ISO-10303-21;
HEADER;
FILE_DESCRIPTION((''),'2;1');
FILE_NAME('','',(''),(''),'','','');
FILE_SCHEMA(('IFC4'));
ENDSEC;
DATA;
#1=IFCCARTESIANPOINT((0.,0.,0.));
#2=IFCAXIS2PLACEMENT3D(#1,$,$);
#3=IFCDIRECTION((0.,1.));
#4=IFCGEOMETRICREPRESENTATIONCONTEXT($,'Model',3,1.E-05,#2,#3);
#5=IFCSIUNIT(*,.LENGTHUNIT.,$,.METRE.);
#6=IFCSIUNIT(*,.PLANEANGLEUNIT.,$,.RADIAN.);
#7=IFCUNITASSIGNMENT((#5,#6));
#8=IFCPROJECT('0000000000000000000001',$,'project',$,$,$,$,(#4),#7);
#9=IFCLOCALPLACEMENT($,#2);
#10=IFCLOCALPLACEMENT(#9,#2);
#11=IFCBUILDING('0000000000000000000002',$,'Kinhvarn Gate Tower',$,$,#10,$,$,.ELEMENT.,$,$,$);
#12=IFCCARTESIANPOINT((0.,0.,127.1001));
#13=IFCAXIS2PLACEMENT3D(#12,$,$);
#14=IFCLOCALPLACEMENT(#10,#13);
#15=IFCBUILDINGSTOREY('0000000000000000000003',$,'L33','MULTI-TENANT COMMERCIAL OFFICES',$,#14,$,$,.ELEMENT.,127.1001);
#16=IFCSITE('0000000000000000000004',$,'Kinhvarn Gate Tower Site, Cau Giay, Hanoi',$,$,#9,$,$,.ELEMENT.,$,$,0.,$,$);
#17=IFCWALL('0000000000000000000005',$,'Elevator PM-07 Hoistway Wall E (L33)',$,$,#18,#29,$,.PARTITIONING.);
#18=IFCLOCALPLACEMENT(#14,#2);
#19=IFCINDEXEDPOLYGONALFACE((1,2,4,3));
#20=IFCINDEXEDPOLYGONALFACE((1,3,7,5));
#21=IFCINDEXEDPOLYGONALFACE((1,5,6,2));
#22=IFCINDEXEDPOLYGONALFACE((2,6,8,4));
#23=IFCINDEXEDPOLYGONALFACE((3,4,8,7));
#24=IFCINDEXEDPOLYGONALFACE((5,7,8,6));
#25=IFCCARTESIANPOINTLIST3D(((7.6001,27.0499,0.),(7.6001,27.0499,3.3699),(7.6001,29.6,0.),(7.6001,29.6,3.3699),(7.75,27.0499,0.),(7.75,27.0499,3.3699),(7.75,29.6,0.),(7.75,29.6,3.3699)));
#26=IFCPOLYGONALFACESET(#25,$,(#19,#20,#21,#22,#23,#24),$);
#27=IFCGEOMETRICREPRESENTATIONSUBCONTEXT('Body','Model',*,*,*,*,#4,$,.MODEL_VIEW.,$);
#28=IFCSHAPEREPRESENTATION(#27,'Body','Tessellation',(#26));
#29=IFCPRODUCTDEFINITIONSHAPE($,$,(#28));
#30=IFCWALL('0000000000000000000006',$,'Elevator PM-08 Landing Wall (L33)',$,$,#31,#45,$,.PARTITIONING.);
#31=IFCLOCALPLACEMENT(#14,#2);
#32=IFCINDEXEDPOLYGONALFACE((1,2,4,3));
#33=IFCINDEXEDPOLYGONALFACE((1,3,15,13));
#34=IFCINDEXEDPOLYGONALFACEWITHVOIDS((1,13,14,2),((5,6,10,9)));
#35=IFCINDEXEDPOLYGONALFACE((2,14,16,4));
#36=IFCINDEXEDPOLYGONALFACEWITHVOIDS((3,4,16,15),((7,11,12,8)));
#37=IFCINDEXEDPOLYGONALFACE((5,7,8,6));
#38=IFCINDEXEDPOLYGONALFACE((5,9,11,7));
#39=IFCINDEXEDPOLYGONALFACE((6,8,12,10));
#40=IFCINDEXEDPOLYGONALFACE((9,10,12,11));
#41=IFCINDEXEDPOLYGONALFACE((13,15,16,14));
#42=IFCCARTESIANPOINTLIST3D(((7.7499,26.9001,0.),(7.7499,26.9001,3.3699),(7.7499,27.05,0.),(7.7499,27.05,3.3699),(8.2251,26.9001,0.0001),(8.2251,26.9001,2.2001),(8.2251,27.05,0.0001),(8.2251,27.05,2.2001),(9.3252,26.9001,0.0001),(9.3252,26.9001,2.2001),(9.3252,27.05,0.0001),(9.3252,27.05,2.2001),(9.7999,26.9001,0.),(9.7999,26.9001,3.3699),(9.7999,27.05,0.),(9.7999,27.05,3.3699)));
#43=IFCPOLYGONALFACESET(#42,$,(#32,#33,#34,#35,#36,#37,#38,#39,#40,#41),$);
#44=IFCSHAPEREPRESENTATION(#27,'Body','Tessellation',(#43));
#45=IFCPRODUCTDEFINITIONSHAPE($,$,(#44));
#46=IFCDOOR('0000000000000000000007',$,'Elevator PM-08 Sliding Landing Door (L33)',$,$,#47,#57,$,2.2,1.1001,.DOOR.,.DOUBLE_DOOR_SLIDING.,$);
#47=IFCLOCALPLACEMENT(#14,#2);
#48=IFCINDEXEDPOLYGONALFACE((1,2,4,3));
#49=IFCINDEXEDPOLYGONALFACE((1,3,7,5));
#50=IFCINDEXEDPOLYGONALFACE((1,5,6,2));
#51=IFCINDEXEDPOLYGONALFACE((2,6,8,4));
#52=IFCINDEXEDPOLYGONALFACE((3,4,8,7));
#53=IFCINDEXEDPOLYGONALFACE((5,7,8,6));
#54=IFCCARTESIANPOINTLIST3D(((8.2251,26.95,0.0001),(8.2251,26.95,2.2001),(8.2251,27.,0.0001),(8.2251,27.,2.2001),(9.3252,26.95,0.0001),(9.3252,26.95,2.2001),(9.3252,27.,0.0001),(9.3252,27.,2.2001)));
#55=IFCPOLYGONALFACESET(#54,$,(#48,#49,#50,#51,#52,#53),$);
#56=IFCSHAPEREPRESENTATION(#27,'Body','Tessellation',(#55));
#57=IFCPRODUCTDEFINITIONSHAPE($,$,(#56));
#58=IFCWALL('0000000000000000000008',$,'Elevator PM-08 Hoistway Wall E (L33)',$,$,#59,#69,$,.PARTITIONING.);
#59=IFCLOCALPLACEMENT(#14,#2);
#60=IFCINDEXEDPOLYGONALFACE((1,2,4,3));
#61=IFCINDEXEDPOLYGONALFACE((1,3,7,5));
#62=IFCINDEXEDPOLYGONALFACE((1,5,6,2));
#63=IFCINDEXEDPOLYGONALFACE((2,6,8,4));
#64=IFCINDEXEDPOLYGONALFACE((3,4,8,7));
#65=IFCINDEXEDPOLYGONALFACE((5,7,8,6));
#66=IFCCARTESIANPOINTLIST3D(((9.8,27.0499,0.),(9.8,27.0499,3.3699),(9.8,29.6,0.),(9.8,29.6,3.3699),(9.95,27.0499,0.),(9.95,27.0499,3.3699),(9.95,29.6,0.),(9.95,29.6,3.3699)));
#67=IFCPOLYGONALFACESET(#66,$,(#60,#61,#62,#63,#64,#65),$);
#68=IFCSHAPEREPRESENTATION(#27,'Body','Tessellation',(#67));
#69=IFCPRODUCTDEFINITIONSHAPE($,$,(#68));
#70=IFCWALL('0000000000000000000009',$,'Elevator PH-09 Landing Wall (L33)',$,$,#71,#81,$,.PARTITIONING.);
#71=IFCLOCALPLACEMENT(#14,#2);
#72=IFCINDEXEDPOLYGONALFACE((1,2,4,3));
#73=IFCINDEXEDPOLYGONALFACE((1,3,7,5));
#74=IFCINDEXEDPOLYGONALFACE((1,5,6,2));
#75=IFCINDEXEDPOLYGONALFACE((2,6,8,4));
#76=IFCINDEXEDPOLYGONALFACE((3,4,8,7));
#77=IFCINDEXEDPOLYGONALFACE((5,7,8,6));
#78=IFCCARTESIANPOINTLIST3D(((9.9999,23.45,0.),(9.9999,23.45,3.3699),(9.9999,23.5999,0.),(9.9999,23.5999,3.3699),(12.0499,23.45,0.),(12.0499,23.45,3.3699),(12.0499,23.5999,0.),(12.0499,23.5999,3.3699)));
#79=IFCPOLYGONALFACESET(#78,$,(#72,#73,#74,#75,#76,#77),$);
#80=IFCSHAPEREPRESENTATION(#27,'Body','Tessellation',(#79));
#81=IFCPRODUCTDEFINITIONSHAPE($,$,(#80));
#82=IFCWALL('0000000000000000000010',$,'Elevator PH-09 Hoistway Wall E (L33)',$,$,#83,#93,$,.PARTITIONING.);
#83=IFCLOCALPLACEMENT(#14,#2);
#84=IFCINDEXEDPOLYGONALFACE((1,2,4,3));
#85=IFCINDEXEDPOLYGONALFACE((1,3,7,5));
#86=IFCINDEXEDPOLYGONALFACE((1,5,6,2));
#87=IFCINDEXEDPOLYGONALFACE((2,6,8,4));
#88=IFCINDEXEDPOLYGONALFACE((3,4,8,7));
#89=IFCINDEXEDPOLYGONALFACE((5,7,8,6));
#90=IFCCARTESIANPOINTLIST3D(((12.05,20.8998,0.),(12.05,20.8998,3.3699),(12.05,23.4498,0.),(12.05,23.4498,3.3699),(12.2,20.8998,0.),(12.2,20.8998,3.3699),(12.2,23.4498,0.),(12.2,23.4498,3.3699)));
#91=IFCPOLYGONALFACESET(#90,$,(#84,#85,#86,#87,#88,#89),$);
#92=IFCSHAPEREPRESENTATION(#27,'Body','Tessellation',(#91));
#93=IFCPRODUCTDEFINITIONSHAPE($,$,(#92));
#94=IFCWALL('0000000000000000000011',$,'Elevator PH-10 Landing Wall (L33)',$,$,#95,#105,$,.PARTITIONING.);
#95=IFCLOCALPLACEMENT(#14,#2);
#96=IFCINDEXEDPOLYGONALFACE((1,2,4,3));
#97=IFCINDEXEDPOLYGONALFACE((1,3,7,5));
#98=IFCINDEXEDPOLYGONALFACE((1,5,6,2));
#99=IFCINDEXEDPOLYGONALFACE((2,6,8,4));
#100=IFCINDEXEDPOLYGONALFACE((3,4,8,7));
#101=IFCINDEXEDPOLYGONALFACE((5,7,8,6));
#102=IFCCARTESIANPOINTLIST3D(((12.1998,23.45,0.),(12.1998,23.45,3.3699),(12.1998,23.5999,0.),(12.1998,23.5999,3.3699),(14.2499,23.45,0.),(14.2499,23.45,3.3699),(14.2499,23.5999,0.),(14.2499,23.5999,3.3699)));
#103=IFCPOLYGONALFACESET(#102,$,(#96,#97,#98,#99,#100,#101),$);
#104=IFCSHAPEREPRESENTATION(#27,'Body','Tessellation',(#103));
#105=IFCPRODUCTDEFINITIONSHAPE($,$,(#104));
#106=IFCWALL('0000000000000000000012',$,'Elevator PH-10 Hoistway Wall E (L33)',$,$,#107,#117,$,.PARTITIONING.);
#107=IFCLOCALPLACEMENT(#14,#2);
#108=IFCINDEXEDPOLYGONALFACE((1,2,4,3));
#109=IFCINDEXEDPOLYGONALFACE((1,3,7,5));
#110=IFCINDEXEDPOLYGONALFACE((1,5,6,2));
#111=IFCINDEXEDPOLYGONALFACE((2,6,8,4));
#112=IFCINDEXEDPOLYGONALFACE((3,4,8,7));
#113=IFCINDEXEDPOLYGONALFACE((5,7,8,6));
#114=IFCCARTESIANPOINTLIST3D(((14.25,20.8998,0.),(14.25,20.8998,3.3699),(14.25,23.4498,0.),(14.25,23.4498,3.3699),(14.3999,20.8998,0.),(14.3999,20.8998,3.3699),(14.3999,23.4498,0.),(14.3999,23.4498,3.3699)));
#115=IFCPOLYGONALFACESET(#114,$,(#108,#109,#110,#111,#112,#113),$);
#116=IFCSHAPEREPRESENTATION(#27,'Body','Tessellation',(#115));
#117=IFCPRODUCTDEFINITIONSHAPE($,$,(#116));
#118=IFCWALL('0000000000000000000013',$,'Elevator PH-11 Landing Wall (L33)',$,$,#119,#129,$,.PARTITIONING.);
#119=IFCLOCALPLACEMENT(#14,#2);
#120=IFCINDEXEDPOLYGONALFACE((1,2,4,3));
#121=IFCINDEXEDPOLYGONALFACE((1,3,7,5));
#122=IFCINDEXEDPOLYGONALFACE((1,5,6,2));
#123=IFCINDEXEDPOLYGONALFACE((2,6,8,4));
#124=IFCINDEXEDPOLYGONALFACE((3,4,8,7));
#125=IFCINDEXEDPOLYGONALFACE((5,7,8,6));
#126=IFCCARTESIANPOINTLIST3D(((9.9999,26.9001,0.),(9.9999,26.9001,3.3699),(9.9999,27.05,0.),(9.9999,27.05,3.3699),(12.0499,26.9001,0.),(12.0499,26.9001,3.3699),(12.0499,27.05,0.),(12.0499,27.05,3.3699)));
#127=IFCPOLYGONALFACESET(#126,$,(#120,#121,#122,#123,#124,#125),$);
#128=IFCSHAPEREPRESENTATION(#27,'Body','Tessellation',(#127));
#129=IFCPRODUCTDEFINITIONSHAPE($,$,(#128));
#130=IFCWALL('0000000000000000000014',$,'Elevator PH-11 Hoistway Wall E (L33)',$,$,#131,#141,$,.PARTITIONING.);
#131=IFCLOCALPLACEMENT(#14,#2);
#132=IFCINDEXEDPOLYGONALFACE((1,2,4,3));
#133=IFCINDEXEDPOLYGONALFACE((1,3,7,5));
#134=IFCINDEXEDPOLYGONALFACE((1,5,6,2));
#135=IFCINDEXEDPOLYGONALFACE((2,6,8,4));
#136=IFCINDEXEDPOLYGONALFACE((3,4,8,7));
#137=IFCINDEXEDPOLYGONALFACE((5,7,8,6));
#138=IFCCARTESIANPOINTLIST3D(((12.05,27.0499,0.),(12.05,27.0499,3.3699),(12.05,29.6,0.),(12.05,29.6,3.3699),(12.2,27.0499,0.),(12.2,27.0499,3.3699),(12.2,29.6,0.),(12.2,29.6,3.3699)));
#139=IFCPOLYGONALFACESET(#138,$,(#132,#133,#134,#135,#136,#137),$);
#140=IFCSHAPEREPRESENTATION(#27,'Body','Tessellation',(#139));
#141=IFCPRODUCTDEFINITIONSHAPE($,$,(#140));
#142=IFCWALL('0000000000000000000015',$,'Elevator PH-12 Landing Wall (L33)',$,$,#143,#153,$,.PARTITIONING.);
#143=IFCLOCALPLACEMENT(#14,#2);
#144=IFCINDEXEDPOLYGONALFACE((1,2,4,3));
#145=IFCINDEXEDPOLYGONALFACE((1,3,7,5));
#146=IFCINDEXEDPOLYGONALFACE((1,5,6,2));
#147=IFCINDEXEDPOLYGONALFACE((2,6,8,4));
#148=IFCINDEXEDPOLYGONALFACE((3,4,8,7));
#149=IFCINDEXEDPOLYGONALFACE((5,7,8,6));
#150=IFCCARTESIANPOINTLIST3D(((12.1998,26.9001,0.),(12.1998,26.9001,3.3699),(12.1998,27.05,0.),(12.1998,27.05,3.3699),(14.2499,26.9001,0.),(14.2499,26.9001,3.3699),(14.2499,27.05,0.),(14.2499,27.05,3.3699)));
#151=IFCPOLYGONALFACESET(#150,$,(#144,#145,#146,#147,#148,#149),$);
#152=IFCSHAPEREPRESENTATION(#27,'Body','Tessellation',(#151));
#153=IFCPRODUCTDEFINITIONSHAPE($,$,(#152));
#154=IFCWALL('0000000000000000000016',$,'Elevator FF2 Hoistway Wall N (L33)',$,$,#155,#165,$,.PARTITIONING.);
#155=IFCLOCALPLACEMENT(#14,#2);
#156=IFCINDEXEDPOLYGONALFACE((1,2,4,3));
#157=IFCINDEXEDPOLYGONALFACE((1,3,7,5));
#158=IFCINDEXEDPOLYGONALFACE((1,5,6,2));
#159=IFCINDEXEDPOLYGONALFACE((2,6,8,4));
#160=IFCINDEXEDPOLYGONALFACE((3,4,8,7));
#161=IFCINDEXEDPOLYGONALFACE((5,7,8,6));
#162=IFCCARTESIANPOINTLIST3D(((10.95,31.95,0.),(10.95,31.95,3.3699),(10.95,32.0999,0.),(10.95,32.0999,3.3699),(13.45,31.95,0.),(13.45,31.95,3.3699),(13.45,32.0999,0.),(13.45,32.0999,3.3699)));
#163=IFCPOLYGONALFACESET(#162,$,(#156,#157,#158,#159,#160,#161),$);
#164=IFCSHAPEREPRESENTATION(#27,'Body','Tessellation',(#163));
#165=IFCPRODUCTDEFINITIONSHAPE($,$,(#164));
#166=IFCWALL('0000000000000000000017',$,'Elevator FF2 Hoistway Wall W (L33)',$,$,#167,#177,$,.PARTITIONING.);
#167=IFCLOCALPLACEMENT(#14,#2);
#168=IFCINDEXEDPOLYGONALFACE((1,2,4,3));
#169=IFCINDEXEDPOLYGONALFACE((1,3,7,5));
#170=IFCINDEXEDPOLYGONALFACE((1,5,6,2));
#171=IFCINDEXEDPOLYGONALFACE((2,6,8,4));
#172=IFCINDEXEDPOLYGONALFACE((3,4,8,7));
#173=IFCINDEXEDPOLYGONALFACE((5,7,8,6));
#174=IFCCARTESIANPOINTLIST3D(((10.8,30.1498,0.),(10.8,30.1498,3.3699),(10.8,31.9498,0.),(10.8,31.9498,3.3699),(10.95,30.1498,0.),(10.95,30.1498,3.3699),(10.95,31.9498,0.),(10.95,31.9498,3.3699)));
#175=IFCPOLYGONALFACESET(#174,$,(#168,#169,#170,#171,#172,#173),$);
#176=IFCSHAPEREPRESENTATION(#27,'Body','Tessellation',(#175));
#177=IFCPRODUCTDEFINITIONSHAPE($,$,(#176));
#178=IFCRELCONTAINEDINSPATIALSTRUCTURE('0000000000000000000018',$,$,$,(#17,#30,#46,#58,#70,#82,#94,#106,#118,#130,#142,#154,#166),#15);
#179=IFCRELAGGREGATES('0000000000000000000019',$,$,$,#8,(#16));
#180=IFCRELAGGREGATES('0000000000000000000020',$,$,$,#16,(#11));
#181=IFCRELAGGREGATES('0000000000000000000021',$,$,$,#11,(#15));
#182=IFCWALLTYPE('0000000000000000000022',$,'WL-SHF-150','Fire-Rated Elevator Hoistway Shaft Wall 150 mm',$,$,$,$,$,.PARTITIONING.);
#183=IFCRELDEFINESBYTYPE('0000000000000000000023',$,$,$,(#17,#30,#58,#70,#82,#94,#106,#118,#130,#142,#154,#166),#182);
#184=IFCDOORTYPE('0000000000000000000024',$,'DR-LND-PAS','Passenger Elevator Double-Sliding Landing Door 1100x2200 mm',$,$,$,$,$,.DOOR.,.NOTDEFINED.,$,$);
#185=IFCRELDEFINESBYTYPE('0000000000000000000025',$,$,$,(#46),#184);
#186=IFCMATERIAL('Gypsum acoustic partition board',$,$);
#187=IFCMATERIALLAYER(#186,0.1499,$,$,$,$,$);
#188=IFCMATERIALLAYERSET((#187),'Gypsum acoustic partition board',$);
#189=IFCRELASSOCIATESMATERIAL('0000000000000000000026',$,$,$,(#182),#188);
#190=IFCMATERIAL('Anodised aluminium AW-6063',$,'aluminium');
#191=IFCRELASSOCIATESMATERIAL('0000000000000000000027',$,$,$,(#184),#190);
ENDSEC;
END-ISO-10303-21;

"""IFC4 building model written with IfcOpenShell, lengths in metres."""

from ifc_helpers import new_model, si_unit, direction, frame, frame_2d, origin, place, context, subcontext, project, spatial, rectangle, extrude, material, layer, layer_set, type_object, element, fill, save


model = new_model("IFC4")

# Units and contexts
model_context = context("Model", 3, precision=1e-05, world=origin(), true_north=direction((0.0, 1.0)))
body_context = subcontext(model_context, "Body", "Model", "MODEL_VIEW")
ifc_project = project(units=[si_unit("LENGTHUNIT", "METRE"), si_unit("PLANEANGLEUNIT", "RADIAN")], contexts=[model_context])

# Site, building, storey
site_placement = place(None, origin())
site = spatial("IfcSite", under=ifc_project, at=site_placement, Name="Kinhvarn Gate Tower Site, Cau Giay, Hanoi", CompositionType="ELEMENT", RefElevation=0.0)
building_placement = place(site_placement, origin())
building = spatial("IfcBuilding", under=site, at=building_placement, Name="Kinhvarn Gate Tower", CompositionType="ELEMENT")
storey_placement = place(building_placement, frame((0.0, 0.0, 127.1001)))
storey = spatial("IfcBuildingStorey", under=building, at=storey_placement, Name="L33", Description="MULTI-TENANT COMMERCIAL OFFICES", CompositionType="ELEMENT", Elevation=127.1001)

# Shared definitions
ifc_material_1 = material(Name="Gypsum acoustic partition board")

# Shared definitions
ifc_layer_1 = layer(ifc_material_1, 0.1499)
ifc_layer_set_1 = layer_set([ifc_layer_1], Name="Gypsum acoustic partition board")
wall_type_1 = type_object("IfcWallType", Name="WL-SHF-150", Description="Fire-Rated Elevator Hoistway Shaft Wall 150 mm", PredefinedType="PARTITIONING", material=ifc_layer_set_1)
ifc_material_2 = material(Name="Anodised aluminium AW-6063", Category="aluminium")
door_type_1 = type_object("IfcDoorType", Name="DR-LND-PAS", Description="Passenger Elevator Double-Sliding Landing Door 1100x2200 mm", OperationType="NOTDEFINED", PredefinedType="DOOR", material=ifc_material_2)

# Wall
for number, where, z_axis, x_axis, name in (
    (1, (7.675, 27.05, 0.0), (0.0, 0.0, 1.0), (0.0, 1.0, 0.0), "Elevator PM-07 Hoistway Wall E (L33)"),
):
    element("IfcWall", number, at=place(storey_placement, frame(where, z_axis=z_axis, x_axis=x_axis)), inside=storey, type_object=wall_type_1, Name=name, PredefinedType="PARTITIONING", context=body_context, shape_type="SweptSolid", body=[
        extrude(rectangle(XDim=2.55, YDim=0.1499, at=frame_2d((1.2749, 0.0))), origin(), (0.0, 0.0, 1.0), 3.3699),
    ])

# Wall, opening, door
wall_1_placement = place(storey_placement, frame((7.75, 26.9751, 0.0), z_axis=(0.0, 0.0, 1.0), x_axis=(1.0, 0.0, 0.0)))
wall_1 = element("IfcWall", 2, at=wall_1_placement, inside=storey, type_object=wall_type_1, Name="Elevator PM-08 Landing Wall (L33)", PredefinedType="PARTITIONING", context=body_context, shape_type="SweptSolid", body=[
    extrude(rectangle(XDim=2.05, YDim=0.1499, at=frame_2d((1.0249, 0.0))), origin(), (0.0, 0.0, 1.0), 3.3699),
])
opening_1_placement = place(wall_1_placement, frame((0.4751, 0.0, 0.0)))
opening_1 = element("IfcOpeningElement", 3, at=opening_1_placement, cuts=wall_1, PredefinedType="OPENING", context=body_context, shape_type="SweptSolid", body=[
    extrude(rectangle(XDim=1.1001, YDim=2.2, at=frame_2d((0.55, 1.1001))), frame((0.0, 0.085, 0.0), z_axis=(0.0, -1.0, 0.0), x_axis=(1.0, 0.0, 0.0)), (0.0, 0.0, 1.0), 0.1699),
])
door_1_placement = place(opening_1_placement, origin())
door_1 = element("IfcDoor", 4, at=door_1_placement, inside=storey, type_object=door_type_1, Name="Elevator PM-08 Sliding Landing Door (L33)", OperationType="DOUBLE_DOOR_SLIDING", OverallHeight=2.2, OverallWidth=1.1001, PredefinedType="DOOR", context=body_context, shape_type="SweptSolid", body=[
    extrude(rectangle(XDim=1.1001, YDim=2.2, at=frame_2d((0.55, 1.1001))), frame((0.0, 0.0249, 0.0), z_axis=(0.0, -1.0, 0.0), x_axis=(1.0, 0.0, 0.0)), (0.0, 0.0, 1.0), 0.05),
])
fill(opening_1, door_1)

# Walls
wall_2_placement = place(storey_placement, frame((9.875, 27.05, 0.0), z_axis=(0.0, 0.0, 1.0), x_axis=(0.0, 1.0, 0.0)))
element("IfcWall", 5, at=wall_2_placement, inside=storey, type_object=wall_type_1, Name="Elevator PM-08 Hoistway Wall E (L33)", PredefinedType="PARTITIONING", context=body_context, shape_type="SweptSolid", body=[
    extrude(rectangle(XDim=2.55, YDim=0.1499, at=frame_2d((1.2749, 0.0))), origin(), (0.0, 0.0, 1.0), 3.3699),
])
wall_3_placement = place(storey_placement, frame((10.0, 23.5249, 0.0), z_axis=(0.0, 0.0, 1.0), x_axis=(1.0, 0.0, 0.0)))
element("IfcWall", 6, at=wall_3_placement, inside=storey, type_object=wall_type_1, Name="Elevator PH-09 Landing Wall (L33)", PredefinedType="PARTITIONING", context=body_context, shape_type="SweptSolid", body=[
    extrude(rectangle(XDim=2.05, YDim=0.1499, at=frame_2d((1.0249, 0.0))), origin(), (0.0, 0.0, 1.0), 3.3699),
])
wall_4_placement = place(storey_placement, frame((12.125, 20.8999, 0.0), z_axis=(0.0, 0.0, 1.0), x_axis=(0.0, 1.0, 0.0)))
element("IfcWall", 7, at=wall_4_placement, inside=storey, type_object=wall_type_1, Name="Elevator PH-09 Hoistway Wall E (L33)", PredefinedType="PARTITIONING", context=body_context, shape_type="SweptSolid", body=[
    extrude(rectangle(XDim=2.55, YDim=0.1499, at=frame_2d((1.2749, 0.0))), origin(), (0.0, 0.0, 1.0), 3.3699),
])
wall_5_placement = place(storey_placement, frame((12.2, 23.5249, 0.0), z_axis=(0.0, 0.0, 1.0), x_axis=(1.0, 0.0, 0.0)))
element("IfcWall", 8, at=wall_5_placement, inside=storey, type_object=wall_type_1, Name="Elevator PH-10 Landing Wall (L33)", PredefinedType="PARTITIONING", context=body_context, shape_type="SweptSolid", body=[
    extrude(rectangle(XDim=2.05, YDim=0.1499, at=frame_2d((1.0249, 0.0))), origin(), (0.0, 0.0, 1.0), 3.3699),
])
wall_6_placement = place(storey_placement, frame((14.325, 20.8999, 0.0), z_axis=(0.0, 0.0, 1.0), x_axis=(0.0, 1.0, 0.0)))
element("IfcWall", 9, at=wall_6_placement, inside=storey, type_object=wall_type_1, Name="Elevator PH-10 Hoistway Wall E (L33)", PredefinedType="PARTITIONING", context=body_context, shape_type="SweptSolid", body=[
    extrude(rectangle(XDim=2.55, YDim=0.1499, at=frame_2d((1.2749, 0.0))), origin(), (0.0, 0.0, 1.0), 3.3699),
])
wall_7_placement = place(storey_placement, frame((10.0, 26.9751, 0.0), z_axis=(0.0, 0.0, 1.0), x_axis=(1.0, 0.0, 0.0)))
element("IfcWall", 10, at=wall_7_placement, inside=storey, type_object=wall_type_1, Name="Elevator PH-11 Landing Wall (L33)", PredefinedType="PARTITIONING", context=body_context, shape_type="SweptSolid", body=[
    extrude(rectangle(XDim=2.05, YDim=0.1499, at=frame_2d((1.0249, 0.0))), origin(), (0.0, 0.0, 1.0), 3.3699),
])
wall_8_placement = place(storey_placement, frame((12.125, 27.05, 0.0), z_axis=(0.0, 0.0, 1.0), x_axis=(0.0, 1.0, 0.0)))
element("IfcWall", 11, at=wall_8_placement, inside=storey, type_object=wall_type_1, Name="Elevator PH-11 Hoistway Wall E (L33)", PredefinedType="PARTITIONING", context=body_context, shape_type="SweptSolid", body=[
    extrude(rectangle(XDim=2.55, YDim=0.1499, at=frame_2d((1.2749, 0.0))), origin(), (0.0, 0.0, 1.0), 3.3699),
])
wall_9_placement = place(storey_placement, frame((12.2, 26.9751, 0.0), z_axis=(0.0, 0.0, 1.0), x_axis=(1.0, 0.0, 0.0)))
element("IfcWall", 12, at=wall_9_placement, inside=storey, type_object=wall_type_1, Name="Elevator PH-12 Landing Wall (L33)", PredefinedType="PARTITIONING", context=body_context, shape_type="SweptSolid", body=[
    extrude(rectangle(XDim=2.05, YDim=0.1499, at=frame_2d((1.0249, 0.0))), origin(), (0.0, 0.0, 1.0), 3.3699),
])
wall_10_placement = place(storey_placement, frame((10.95, 32.0249, 0.0), z_axis=(0.0, 0.0, 1.0), x_axis=(1.0, 0.0, 0.0)))
element("IfcWall", 13, at=wall_10_placement, inside=storey, type_object=wall_type_1, Name="Elevator FF2 Hoistway Wall N (L33)", PredefinedType="PARTITIONING", context=body_context, shape_type="SweptSolid", body=[
    extrude(rectangle(XDim=2.5, YDim=0.1499, at=frame_2d((1.25, 0.0))), origin(), (0.0, 0.0, 1.0), 3.3699),
])
wall_11_placement = place(storey_placement, frame((10.875, 30.1499, 0.0), z_axis=(0.0, 0.0, 1.0), x_axis=(0.0, 1.0, 0.0)))
element("IfcWall", 14, at=wall_11_placement, inside=storey, type_object=wall_type_1, Name="Elevator FF2 Hoistway Wall W (L33)", PredefinedType="PARTITIONING", context=body_context, shape_type="SweptSolid", body=[
    extrude(rectangle(XDim=1.8, YDim=0.1499, at=frame_2d((0.8999, 0.0))), origin(), (0.0, 0.0, 1.0), 3.3699),
])

save(model, "model.ifc")
